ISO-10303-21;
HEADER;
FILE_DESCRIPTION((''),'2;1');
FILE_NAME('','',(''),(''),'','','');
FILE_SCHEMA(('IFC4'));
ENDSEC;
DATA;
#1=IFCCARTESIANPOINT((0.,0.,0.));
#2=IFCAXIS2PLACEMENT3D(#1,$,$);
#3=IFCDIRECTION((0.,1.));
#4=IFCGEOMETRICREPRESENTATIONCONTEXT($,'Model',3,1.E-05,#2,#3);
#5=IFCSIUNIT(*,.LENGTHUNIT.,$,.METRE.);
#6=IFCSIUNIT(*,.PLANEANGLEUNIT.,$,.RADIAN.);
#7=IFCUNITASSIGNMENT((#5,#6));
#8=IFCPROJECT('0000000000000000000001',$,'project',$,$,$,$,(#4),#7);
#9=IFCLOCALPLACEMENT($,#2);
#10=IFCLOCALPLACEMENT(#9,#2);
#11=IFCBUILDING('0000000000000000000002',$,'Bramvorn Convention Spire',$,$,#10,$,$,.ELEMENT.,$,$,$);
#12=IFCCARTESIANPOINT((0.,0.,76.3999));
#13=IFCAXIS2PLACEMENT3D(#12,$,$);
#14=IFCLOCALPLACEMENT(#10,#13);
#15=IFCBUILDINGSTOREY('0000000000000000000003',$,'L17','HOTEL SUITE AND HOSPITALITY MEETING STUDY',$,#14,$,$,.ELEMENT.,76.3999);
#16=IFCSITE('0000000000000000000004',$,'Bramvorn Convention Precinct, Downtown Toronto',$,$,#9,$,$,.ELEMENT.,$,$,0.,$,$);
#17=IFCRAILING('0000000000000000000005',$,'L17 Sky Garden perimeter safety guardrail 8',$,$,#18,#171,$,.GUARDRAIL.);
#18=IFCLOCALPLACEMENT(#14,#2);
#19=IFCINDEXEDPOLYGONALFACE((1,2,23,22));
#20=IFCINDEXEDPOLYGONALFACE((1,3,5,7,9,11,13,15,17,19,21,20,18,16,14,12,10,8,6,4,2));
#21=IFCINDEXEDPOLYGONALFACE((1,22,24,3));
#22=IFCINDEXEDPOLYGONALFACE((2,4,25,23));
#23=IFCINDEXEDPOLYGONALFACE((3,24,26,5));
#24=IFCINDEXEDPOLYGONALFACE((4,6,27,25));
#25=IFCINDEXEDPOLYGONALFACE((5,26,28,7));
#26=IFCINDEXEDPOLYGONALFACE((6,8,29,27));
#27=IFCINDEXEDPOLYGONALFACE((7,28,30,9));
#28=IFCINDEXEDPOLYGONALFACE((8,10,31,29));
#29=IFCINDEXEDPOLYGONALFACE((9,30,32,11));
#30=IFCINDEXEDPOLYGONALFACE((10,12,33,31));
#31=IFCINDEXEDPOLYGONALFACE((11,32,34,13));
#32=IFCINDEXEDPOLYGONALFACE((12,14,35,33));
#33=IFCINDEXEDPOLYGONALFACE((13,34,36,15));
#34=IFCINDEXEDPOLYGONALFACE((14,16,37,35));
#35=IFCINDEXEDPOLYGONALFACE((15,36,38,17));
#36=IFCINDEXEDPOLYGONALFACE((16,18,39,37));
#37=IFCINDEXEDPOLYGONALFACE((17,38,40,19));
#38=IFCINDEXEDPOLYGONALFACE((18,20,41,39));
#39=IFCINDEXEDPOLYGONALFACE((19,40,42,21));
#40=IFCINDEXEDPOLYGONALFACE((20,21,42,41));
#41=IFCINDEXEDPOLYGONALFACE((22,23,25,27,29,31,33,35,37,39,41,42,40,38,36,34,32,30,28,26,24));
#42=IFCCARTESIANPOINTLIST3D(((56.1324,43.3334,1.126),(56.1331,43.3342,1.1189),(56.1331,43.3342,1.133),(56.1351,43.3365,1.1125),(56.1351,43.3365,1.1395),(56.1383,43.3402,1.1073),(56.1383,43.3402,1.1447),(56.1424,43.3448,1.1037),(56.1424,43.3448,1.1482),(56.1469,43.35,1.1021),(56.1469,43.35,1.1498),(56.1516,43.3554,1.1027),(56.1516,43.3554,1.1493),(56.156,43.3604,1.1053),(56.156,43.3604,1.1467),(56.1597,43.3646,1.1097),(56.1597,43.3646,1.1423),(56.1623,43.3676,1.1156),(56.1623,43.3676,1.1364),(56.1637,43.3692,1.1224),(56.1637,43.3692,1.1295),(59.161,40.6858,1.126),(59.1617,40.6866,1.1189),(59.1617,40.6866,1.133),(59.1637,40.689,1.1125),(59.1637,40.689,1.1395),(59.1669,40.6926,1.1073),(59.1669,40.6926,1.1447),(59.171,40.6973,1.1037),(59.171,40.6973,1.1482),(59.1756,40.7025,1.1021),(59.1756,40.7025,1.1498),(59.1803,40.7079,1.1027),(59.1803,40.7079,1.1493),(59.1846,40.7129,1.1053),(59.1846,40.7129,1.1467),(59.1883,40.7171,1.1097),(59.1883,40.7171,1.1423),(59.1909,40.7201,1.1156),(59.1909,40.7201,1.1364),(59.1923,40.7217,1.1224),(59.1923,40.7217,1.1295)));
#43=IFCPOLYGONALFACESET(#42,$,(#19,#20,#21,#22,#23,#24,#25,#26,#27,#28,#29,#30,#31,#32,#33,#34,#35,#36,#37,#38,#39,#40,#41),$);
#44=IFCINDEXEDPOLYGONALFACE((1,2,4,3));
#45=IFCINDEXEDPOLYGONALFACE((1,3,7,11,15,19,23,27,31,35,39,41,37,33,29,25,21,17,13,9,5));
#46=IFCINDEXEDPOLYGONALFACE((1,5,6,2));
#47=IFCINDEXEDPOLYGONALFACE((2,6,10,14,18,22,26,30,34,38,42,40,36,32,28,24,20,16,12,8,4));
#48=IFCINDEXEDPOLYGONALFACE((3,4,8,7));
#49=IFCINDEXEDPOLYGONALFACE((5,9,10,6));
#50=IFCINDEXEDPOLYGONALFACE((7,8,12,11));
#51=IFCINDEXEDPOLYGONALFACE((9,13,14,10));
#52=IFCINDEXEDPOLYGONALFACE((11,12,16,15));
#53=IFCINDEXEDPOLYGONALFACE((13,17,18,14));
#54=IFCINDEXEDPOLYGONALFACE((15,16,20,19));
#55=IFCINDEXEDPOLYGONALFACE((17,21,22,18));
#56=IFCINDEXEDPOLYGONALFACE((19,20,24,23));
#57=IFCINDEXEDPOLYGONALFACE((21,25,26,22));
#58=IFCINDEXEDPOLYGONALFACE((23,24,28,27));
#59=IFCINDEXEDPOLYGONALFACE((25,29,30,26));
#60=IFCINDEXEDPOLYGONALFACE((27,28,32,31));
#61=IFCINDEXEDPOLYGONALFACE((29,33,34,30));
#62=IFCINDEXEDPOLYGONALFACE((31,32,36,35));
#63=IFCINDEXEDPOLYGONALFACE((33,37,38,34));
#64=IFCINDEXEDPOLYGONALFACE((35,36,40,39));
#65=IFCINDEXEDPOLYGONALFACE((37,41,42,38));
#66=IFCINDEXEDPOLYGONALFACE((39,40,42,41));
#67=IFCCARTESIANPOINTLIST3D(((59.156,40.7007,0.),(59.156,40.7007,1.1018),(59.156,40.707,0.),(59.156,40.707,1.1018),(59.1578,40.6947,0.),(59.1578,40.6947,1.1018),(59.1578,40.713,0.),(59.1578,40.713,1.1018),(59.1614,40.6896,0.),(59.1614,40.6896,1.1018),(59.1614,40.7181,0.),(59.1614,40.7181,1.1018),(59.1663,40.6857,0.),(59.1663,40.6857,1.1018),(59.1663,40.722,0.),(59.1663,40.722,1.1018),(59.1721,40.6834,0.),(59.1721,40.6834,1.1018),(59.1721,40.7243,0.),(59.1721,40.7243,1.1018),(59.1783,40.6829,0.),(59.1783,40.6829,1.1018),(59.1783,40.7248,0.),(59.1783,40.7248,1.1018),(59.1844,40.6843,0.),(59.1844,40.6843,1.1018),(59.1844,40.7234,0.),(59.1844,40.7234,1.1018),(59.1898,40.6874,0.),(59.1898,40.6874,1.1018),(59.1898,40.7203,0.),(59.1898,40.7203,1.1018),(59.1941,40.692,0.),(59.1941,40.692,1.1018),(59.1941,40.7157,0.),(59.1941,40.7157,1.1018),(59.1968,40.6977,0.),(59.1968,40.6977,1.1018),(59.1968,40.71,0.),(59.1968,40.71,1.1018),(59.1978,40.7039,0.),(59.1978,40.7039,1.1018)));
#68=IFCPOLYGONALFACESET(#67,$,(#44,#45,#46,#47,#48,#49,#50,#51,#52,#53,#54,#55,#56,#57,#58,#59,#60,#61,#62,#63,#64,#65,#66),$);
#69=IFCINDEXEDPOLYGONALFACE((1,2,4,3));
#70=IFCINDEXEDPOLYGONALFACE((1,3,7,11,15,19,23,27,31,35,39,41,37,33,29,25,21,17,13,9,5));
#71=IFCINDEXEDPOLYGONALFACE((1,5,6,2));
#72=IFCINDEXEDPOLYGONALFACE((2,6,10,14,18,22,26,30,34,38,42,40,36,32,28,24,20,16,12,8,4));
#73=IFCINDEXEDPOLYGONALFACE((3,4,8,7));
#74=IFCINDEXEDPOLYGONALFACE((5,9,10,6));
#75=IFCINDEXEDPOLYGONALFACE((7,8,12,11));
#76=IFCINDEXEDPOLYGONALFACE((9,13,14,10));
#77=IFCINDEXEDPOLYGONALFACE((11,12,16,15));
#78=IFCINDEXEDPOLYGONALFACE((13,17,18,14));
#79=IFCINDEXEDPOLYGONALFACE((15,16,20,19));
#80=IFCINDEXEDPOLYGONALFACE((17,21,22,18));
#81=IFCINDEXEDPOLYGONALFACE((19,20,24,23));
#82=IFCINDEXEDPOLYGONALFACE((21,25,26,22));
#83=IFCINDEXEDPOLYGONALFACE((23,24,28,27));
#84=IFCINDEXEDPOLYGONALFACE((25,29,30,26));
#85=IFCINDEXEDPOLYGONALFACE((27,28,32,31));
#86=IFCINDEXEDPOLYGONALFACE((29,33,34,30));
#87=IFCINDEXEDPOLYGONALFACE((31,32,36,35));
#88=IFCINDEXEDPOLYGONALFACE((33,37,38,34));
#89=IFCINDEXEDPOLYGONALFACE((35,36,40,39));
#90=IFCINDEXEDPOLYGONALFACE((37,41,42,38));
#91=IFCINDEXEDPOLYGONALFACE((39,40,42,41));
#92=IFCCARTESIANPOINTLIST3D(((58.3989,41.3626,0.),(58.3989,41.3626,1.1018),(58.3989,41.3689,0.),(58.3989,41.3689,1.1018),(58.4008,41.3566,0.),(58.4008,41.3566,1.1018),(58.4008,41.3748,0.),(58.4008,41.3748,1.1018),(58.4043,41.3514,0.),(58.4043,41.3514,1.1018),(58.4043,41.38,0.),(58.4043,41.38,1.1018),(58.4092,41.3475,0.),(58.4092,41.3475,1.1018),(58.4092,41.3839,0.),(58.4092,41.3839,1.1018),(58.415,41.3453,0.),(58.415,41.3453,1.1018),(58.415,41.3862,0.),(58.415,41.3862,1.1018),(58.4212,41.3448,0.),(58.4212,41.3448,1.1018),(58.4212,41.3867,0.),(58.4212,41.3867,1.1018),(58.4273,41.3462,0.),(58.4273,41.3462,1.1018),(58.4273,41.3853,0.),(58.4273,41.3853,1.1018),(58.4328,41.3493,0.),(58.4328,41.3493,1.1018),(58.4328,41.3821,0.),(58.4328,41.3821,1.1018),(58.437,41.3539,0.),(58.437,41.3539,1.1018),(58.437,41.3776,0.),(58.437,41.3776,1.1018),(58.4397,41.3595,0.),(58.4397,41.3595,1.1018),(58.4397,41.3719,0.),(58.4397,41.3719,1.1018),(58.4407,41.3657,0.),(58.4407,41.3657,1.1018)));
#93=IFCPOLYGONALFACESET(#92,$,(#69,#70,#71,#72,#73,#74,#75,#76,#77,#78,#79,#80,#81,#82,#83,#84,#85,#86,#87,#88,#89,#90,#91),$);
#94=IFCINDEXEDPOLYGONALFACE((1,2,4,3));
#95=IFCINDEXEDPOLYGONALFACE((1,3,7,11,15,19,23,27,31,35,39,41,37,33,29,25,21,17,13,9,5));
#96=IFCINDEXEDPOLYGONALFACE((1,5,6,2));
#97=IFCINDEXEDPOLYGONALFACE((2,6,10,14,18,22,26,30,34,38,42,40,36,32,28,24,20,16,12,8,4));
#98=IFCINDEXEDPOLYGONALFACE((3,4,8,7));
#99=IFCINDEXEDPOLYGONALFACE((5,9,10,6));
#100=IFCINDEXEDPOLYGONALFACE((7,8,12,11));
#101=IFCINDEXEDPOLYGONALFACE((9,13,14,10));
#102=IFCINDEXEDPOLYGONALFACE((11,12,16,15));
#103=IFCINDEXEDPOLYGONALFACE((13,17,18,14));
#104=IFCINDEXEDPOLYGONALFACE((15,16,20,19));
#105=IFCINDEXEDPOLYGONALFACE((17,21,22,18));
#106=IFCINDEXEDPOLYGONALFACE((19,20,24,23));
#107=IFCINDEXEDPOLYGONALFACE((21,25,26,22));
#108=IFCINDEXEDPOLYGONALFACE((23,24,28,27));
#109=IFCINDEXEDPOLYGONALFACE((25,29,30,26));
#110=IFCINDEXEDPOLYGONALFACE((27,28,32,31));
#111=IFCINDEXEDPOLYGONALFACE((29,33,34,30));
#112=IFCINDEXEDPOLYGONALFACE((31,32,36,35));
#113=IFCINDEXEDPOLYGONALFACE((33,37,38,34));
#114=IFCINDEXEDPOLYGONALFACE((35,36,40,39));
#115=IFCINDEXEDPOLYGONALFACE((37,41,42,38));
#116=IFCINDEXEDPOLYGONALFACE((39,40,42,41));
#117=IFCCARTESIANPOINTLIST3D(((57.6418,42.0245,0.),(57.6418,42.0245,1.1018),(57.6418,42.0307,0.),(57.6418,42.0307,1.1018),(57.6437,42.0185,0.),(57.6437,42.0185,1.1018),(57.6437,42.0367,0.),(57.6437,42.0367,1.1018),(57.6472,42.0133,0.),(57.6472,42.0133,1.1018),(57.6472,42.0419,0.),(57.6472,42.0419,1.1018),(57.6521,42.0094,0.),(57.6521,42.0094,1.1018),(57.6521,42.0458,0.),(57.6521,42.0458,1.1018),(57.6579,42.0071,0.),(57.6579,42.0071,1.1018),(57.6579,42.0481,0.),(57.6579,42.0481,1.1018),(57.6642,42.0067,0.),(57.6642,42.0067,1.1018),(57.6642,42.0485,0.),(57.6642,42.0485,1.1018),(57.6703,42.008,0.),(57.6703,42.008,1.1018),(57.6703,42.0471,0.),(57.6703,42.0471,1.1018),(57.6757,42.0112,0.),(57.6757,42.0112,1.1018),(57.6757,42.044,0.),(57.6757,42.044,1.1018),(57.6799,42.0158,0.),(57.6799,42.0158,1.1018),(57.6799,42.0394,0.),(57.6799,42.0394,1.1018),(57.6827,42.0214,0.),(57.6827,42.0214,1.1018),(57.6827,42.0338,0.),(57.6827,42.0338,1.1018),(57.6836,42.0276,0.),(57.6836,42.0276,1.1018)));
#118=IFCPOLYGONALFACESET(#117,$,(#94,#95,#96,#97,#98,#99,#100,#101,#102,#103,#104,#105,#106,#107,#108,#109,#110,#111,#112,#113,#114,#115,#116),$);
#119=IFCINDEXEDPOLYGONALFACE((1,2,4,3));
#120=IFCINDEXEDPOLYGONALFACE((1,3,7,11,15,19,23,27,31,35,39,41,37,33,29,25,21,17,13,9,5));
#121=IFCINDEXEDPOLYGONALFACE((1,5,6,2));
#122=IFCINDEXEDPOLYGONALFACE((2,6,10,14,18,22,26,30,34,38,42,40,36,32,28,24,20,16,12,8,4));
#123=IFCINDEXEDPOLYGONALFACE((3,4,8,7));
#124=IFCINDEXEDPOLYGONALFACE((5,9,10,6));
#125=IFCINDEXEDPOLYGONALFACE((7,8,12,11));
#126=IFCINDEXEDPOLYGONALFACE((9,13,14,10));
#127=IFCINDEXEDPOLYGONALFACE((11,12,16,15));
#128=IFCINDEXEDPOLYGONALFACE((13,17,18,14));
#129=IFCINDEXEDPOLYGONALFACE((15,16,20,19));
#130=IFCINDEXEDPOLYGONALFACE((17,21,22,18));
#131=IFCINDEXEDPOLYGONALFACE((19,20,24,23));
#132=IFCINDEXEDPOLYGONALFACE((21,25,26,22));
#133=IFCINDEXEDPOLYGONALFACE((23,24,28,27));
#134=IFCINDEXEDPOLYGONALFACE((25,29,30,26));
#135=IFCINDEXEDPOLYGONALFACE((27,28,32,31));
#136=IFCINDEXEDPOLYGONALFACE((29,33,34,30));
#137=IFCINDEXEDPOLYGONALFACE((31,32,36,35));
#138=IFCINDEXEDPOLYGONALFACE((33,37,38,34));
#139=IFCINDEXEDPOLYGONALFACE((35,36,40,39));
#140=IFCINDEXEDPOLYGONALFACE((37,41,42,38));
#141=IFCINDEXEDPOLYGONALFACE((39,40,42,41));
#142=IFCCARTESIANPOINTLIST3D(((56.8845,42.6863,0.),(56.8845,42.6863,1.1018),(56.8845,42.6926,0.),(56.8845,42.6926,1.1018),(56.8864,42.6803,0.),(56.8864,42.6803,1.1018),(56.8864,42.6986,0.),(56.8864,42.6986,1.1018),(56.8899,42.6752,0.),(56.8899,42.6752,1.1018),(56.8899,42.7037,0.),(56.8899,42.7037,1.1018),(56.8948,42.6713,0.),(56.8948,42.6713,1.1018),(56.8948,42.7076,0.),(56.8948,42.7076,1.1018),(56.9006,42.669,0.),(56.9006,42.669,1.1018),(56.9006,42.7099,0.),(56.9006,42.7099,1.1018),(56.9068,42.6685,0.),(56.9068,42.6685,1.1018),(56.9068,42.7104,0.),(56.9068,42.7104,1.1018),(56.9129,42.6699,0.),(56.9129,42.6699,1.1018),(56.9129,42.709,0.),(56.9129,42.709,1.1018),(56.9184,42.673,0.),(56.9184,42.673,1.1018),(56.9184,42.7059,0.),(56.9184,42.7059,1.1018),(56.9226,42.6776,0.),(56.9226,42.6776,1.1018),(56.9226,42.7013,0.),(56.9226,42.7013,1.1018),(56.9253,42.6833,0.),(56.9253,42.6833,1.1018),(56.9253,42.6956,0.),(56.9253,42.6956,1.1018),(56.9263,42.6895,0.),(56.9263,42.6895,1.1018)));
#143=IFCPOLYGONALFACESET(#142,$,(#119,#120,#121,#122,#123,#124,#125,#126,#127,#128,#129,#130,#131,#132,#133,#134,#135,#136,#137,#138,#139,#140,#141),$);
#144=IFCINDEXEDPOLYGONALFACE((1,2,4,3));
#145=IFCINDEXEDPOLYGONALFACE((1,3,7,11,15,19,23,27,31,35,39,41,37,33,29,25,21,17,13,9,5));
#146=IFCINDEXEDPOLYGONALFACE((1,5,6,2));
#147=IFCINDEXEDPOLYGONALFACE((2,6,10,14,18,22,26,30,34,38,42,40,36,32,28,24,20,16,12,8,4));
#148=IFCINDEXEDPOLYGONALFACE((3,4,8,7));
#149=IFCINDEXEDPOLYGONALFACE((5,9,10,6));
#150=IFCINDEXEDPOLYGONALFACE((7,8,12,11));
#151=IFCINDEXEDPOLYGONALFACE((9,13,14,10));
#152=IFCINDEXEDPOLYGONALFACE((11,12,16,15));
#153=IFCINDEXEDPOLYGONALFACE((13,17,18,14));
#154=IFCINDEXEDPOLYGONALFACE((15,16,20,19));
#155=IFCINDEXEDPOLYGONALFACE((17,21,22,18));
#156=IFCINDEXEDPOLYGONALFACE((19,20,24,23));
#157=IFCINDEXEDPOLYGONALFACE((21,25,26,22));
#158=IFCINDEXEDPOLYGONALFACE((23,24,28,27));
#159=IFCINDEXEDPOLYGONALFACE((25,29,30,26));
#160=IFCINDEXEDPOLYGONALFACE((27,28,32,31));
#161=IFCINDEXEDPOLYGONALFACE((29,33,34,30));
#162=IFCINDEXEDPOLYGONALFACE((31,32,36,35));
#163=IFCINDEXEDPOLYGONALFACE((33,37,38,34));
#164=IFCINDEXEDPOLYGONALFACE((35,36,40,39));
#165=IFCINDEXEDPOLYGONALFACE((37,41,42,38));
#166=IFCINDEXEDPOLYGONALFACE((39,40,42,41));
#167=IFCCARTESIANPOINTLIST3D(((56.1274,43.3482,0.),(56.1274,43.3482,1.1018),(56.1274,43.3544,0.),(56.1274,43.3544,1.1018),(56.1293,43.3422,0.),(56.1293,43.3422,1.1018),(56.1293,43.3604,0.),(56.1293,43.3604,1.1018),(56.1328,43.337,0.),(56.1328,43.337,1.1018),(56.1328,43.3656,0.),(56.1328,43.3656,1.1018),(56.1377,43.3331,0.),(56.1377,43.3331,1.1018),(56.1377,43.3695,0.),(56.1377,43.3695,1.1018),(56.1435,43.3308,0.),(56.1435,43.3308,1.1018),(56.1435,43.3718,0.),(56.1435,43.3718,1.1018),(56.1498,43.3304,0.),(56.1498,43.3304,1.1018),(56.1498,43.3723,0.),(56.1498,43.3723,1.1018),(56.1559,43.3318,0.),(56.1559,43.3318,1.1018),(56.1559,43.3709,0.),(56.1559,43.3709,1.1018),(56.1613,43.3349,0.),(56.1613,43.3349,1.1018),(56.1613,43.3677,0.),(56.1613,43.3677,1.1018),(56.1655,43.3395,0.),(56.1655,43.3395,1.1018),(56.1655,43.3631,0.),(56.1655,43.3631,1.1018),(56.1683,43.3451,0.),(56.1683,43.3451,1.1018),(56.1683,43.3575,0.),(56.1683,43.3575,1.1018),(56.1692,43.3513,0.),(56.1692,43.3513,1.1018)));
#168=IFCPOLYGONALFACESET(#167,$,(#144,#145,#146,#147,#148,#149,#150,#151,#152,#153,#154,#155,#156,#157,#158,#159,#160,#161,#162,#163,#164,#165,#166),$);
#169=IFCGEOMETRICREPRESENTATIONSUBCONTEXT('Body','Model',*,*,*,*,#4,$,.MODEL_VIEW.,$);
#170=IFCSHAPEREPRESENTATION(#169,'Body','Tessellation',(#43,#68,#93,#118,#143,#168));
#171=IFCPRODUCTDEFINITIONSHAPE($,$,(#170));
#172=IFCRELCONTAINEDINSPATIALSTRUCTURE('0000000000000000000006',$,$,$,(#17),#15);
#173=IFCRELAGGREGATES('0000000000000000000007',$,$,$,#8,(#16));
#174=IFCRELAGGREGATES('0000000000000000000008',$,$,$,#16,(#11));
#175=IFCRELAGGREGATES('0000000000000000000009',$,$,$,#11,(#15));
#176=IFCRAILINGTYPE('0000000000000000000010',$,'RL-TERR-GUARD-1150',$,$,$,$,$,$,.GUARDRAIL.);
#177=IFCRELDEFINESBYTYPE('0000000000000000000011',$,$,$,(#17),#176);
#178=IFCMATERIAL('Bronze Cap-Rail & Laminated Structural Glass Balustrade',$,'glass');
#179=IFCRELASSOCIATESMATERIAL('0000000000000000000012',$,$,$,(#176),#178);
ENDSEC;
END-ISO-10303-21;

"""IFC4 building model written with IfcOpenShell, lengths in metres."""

from ifc_helpers import new_model, si_unit, direction, frame, origin, origin_2d, place, context, subcontext, project, spatial, circle, extrude, material, type_object, element, save


model = new_model("IFC4")

# Units and contexts
model_context = context("Model", 3, precision=1e-05, world=origin(), true_north=direction((0.0, 1.0)))
body_context = subcontext(model_context, "Body", "Model", "MODEL_VIEW")
ifc_project = project(units=[si_unit("LENGTHUNIT", "METRE"), si_unit("PLANEANGLEUNIT", "RADIAN")], contexts=[model_context])

# Site, building, storey
site_placement = place(None, origin())
site = spatial("IfcSite", under=ifc_project, at=site_placement, Name="Bramvorn Convention Precinct, Downtown Toronto", CompositionType="ELEMENT", RefElevation=0.0)
building_placement = place(site_placement, origin())
building = spatial("IfcBuilding", under=site, at=building_placement, Name="Bramvorn Convention Spire", CompositionType="ELEMENT")
storey_placement = place(building_placement, frame((0.0, 0.0, 76.3999)))
storey = spatial("IfcBuildingStorey", under=building, at=storey_placement, Name="L17", Description="HOTEL SUITE AND HOSPITALITY MEETING STUDY", CompositionType="ELEMENT", Elevation=76.3999)

# Railing
ifc_material_1 = material(Name="Bronze Cap-Rail & Laminated Structural Glass Balustrade", Category="glass")
railing_type = type_object("IfcRailingType", Name="RL-TERR-GUARD-1150", PredefinedType="GUARDRAIL", material=ifc_material_1)
railing_1_placement = place(storey_placement, frame((59.1768, 40.7039, 0.0)))
element("IfcRailing", 1, at=railing_1_placement, inside=storey, type_object=railing_type, Name="L17 Sky Garden perimeter safety guardrail 8", PredefinedType="GUARDRAIL", context=body_context, shape_type="SweptSolid", body=[
    extrude(circle(Radius=0.0239, at=origin_2d()), frame((0.0, 0.0, 1.126), z_axis=(-0.752889, 0.658148, 0.0), x_axis=(-0.658148, -0.752889, 0.0)), (0.0, 0.0, 1.0), 4.0227),
    extrude(circle(Radius=0.021, at=origin_2d()), origin(), (0.0, 0.0, 1.0), 1.1018),
    extrude(circle(Radius=0.021, at=origin_2d()), frame((-0.7571, 0.6619, 0.0)), (0.0, 0.0, 1.0), 1.1018),
    extrude(circle(Radius=0.021, at=origin_2d()), frame((-1.5142, 1.3237, 0.0)), (0.0, 0.0, 1.0), 1.1018),
    extrude(circle(Radius=0.021, at=origin_2d()), frame((-2.2715, 1.9856, 0.0)), (0.0, 0.0, 1.0), 1.1018),
    extrude(circle(Radius=0.021, at=origin_2d()), frame((-3.0286, 2.6475, 0.0)), (0.0, 0.0, 1.0), 1.1018),
])

save(model, "model.ifc")
